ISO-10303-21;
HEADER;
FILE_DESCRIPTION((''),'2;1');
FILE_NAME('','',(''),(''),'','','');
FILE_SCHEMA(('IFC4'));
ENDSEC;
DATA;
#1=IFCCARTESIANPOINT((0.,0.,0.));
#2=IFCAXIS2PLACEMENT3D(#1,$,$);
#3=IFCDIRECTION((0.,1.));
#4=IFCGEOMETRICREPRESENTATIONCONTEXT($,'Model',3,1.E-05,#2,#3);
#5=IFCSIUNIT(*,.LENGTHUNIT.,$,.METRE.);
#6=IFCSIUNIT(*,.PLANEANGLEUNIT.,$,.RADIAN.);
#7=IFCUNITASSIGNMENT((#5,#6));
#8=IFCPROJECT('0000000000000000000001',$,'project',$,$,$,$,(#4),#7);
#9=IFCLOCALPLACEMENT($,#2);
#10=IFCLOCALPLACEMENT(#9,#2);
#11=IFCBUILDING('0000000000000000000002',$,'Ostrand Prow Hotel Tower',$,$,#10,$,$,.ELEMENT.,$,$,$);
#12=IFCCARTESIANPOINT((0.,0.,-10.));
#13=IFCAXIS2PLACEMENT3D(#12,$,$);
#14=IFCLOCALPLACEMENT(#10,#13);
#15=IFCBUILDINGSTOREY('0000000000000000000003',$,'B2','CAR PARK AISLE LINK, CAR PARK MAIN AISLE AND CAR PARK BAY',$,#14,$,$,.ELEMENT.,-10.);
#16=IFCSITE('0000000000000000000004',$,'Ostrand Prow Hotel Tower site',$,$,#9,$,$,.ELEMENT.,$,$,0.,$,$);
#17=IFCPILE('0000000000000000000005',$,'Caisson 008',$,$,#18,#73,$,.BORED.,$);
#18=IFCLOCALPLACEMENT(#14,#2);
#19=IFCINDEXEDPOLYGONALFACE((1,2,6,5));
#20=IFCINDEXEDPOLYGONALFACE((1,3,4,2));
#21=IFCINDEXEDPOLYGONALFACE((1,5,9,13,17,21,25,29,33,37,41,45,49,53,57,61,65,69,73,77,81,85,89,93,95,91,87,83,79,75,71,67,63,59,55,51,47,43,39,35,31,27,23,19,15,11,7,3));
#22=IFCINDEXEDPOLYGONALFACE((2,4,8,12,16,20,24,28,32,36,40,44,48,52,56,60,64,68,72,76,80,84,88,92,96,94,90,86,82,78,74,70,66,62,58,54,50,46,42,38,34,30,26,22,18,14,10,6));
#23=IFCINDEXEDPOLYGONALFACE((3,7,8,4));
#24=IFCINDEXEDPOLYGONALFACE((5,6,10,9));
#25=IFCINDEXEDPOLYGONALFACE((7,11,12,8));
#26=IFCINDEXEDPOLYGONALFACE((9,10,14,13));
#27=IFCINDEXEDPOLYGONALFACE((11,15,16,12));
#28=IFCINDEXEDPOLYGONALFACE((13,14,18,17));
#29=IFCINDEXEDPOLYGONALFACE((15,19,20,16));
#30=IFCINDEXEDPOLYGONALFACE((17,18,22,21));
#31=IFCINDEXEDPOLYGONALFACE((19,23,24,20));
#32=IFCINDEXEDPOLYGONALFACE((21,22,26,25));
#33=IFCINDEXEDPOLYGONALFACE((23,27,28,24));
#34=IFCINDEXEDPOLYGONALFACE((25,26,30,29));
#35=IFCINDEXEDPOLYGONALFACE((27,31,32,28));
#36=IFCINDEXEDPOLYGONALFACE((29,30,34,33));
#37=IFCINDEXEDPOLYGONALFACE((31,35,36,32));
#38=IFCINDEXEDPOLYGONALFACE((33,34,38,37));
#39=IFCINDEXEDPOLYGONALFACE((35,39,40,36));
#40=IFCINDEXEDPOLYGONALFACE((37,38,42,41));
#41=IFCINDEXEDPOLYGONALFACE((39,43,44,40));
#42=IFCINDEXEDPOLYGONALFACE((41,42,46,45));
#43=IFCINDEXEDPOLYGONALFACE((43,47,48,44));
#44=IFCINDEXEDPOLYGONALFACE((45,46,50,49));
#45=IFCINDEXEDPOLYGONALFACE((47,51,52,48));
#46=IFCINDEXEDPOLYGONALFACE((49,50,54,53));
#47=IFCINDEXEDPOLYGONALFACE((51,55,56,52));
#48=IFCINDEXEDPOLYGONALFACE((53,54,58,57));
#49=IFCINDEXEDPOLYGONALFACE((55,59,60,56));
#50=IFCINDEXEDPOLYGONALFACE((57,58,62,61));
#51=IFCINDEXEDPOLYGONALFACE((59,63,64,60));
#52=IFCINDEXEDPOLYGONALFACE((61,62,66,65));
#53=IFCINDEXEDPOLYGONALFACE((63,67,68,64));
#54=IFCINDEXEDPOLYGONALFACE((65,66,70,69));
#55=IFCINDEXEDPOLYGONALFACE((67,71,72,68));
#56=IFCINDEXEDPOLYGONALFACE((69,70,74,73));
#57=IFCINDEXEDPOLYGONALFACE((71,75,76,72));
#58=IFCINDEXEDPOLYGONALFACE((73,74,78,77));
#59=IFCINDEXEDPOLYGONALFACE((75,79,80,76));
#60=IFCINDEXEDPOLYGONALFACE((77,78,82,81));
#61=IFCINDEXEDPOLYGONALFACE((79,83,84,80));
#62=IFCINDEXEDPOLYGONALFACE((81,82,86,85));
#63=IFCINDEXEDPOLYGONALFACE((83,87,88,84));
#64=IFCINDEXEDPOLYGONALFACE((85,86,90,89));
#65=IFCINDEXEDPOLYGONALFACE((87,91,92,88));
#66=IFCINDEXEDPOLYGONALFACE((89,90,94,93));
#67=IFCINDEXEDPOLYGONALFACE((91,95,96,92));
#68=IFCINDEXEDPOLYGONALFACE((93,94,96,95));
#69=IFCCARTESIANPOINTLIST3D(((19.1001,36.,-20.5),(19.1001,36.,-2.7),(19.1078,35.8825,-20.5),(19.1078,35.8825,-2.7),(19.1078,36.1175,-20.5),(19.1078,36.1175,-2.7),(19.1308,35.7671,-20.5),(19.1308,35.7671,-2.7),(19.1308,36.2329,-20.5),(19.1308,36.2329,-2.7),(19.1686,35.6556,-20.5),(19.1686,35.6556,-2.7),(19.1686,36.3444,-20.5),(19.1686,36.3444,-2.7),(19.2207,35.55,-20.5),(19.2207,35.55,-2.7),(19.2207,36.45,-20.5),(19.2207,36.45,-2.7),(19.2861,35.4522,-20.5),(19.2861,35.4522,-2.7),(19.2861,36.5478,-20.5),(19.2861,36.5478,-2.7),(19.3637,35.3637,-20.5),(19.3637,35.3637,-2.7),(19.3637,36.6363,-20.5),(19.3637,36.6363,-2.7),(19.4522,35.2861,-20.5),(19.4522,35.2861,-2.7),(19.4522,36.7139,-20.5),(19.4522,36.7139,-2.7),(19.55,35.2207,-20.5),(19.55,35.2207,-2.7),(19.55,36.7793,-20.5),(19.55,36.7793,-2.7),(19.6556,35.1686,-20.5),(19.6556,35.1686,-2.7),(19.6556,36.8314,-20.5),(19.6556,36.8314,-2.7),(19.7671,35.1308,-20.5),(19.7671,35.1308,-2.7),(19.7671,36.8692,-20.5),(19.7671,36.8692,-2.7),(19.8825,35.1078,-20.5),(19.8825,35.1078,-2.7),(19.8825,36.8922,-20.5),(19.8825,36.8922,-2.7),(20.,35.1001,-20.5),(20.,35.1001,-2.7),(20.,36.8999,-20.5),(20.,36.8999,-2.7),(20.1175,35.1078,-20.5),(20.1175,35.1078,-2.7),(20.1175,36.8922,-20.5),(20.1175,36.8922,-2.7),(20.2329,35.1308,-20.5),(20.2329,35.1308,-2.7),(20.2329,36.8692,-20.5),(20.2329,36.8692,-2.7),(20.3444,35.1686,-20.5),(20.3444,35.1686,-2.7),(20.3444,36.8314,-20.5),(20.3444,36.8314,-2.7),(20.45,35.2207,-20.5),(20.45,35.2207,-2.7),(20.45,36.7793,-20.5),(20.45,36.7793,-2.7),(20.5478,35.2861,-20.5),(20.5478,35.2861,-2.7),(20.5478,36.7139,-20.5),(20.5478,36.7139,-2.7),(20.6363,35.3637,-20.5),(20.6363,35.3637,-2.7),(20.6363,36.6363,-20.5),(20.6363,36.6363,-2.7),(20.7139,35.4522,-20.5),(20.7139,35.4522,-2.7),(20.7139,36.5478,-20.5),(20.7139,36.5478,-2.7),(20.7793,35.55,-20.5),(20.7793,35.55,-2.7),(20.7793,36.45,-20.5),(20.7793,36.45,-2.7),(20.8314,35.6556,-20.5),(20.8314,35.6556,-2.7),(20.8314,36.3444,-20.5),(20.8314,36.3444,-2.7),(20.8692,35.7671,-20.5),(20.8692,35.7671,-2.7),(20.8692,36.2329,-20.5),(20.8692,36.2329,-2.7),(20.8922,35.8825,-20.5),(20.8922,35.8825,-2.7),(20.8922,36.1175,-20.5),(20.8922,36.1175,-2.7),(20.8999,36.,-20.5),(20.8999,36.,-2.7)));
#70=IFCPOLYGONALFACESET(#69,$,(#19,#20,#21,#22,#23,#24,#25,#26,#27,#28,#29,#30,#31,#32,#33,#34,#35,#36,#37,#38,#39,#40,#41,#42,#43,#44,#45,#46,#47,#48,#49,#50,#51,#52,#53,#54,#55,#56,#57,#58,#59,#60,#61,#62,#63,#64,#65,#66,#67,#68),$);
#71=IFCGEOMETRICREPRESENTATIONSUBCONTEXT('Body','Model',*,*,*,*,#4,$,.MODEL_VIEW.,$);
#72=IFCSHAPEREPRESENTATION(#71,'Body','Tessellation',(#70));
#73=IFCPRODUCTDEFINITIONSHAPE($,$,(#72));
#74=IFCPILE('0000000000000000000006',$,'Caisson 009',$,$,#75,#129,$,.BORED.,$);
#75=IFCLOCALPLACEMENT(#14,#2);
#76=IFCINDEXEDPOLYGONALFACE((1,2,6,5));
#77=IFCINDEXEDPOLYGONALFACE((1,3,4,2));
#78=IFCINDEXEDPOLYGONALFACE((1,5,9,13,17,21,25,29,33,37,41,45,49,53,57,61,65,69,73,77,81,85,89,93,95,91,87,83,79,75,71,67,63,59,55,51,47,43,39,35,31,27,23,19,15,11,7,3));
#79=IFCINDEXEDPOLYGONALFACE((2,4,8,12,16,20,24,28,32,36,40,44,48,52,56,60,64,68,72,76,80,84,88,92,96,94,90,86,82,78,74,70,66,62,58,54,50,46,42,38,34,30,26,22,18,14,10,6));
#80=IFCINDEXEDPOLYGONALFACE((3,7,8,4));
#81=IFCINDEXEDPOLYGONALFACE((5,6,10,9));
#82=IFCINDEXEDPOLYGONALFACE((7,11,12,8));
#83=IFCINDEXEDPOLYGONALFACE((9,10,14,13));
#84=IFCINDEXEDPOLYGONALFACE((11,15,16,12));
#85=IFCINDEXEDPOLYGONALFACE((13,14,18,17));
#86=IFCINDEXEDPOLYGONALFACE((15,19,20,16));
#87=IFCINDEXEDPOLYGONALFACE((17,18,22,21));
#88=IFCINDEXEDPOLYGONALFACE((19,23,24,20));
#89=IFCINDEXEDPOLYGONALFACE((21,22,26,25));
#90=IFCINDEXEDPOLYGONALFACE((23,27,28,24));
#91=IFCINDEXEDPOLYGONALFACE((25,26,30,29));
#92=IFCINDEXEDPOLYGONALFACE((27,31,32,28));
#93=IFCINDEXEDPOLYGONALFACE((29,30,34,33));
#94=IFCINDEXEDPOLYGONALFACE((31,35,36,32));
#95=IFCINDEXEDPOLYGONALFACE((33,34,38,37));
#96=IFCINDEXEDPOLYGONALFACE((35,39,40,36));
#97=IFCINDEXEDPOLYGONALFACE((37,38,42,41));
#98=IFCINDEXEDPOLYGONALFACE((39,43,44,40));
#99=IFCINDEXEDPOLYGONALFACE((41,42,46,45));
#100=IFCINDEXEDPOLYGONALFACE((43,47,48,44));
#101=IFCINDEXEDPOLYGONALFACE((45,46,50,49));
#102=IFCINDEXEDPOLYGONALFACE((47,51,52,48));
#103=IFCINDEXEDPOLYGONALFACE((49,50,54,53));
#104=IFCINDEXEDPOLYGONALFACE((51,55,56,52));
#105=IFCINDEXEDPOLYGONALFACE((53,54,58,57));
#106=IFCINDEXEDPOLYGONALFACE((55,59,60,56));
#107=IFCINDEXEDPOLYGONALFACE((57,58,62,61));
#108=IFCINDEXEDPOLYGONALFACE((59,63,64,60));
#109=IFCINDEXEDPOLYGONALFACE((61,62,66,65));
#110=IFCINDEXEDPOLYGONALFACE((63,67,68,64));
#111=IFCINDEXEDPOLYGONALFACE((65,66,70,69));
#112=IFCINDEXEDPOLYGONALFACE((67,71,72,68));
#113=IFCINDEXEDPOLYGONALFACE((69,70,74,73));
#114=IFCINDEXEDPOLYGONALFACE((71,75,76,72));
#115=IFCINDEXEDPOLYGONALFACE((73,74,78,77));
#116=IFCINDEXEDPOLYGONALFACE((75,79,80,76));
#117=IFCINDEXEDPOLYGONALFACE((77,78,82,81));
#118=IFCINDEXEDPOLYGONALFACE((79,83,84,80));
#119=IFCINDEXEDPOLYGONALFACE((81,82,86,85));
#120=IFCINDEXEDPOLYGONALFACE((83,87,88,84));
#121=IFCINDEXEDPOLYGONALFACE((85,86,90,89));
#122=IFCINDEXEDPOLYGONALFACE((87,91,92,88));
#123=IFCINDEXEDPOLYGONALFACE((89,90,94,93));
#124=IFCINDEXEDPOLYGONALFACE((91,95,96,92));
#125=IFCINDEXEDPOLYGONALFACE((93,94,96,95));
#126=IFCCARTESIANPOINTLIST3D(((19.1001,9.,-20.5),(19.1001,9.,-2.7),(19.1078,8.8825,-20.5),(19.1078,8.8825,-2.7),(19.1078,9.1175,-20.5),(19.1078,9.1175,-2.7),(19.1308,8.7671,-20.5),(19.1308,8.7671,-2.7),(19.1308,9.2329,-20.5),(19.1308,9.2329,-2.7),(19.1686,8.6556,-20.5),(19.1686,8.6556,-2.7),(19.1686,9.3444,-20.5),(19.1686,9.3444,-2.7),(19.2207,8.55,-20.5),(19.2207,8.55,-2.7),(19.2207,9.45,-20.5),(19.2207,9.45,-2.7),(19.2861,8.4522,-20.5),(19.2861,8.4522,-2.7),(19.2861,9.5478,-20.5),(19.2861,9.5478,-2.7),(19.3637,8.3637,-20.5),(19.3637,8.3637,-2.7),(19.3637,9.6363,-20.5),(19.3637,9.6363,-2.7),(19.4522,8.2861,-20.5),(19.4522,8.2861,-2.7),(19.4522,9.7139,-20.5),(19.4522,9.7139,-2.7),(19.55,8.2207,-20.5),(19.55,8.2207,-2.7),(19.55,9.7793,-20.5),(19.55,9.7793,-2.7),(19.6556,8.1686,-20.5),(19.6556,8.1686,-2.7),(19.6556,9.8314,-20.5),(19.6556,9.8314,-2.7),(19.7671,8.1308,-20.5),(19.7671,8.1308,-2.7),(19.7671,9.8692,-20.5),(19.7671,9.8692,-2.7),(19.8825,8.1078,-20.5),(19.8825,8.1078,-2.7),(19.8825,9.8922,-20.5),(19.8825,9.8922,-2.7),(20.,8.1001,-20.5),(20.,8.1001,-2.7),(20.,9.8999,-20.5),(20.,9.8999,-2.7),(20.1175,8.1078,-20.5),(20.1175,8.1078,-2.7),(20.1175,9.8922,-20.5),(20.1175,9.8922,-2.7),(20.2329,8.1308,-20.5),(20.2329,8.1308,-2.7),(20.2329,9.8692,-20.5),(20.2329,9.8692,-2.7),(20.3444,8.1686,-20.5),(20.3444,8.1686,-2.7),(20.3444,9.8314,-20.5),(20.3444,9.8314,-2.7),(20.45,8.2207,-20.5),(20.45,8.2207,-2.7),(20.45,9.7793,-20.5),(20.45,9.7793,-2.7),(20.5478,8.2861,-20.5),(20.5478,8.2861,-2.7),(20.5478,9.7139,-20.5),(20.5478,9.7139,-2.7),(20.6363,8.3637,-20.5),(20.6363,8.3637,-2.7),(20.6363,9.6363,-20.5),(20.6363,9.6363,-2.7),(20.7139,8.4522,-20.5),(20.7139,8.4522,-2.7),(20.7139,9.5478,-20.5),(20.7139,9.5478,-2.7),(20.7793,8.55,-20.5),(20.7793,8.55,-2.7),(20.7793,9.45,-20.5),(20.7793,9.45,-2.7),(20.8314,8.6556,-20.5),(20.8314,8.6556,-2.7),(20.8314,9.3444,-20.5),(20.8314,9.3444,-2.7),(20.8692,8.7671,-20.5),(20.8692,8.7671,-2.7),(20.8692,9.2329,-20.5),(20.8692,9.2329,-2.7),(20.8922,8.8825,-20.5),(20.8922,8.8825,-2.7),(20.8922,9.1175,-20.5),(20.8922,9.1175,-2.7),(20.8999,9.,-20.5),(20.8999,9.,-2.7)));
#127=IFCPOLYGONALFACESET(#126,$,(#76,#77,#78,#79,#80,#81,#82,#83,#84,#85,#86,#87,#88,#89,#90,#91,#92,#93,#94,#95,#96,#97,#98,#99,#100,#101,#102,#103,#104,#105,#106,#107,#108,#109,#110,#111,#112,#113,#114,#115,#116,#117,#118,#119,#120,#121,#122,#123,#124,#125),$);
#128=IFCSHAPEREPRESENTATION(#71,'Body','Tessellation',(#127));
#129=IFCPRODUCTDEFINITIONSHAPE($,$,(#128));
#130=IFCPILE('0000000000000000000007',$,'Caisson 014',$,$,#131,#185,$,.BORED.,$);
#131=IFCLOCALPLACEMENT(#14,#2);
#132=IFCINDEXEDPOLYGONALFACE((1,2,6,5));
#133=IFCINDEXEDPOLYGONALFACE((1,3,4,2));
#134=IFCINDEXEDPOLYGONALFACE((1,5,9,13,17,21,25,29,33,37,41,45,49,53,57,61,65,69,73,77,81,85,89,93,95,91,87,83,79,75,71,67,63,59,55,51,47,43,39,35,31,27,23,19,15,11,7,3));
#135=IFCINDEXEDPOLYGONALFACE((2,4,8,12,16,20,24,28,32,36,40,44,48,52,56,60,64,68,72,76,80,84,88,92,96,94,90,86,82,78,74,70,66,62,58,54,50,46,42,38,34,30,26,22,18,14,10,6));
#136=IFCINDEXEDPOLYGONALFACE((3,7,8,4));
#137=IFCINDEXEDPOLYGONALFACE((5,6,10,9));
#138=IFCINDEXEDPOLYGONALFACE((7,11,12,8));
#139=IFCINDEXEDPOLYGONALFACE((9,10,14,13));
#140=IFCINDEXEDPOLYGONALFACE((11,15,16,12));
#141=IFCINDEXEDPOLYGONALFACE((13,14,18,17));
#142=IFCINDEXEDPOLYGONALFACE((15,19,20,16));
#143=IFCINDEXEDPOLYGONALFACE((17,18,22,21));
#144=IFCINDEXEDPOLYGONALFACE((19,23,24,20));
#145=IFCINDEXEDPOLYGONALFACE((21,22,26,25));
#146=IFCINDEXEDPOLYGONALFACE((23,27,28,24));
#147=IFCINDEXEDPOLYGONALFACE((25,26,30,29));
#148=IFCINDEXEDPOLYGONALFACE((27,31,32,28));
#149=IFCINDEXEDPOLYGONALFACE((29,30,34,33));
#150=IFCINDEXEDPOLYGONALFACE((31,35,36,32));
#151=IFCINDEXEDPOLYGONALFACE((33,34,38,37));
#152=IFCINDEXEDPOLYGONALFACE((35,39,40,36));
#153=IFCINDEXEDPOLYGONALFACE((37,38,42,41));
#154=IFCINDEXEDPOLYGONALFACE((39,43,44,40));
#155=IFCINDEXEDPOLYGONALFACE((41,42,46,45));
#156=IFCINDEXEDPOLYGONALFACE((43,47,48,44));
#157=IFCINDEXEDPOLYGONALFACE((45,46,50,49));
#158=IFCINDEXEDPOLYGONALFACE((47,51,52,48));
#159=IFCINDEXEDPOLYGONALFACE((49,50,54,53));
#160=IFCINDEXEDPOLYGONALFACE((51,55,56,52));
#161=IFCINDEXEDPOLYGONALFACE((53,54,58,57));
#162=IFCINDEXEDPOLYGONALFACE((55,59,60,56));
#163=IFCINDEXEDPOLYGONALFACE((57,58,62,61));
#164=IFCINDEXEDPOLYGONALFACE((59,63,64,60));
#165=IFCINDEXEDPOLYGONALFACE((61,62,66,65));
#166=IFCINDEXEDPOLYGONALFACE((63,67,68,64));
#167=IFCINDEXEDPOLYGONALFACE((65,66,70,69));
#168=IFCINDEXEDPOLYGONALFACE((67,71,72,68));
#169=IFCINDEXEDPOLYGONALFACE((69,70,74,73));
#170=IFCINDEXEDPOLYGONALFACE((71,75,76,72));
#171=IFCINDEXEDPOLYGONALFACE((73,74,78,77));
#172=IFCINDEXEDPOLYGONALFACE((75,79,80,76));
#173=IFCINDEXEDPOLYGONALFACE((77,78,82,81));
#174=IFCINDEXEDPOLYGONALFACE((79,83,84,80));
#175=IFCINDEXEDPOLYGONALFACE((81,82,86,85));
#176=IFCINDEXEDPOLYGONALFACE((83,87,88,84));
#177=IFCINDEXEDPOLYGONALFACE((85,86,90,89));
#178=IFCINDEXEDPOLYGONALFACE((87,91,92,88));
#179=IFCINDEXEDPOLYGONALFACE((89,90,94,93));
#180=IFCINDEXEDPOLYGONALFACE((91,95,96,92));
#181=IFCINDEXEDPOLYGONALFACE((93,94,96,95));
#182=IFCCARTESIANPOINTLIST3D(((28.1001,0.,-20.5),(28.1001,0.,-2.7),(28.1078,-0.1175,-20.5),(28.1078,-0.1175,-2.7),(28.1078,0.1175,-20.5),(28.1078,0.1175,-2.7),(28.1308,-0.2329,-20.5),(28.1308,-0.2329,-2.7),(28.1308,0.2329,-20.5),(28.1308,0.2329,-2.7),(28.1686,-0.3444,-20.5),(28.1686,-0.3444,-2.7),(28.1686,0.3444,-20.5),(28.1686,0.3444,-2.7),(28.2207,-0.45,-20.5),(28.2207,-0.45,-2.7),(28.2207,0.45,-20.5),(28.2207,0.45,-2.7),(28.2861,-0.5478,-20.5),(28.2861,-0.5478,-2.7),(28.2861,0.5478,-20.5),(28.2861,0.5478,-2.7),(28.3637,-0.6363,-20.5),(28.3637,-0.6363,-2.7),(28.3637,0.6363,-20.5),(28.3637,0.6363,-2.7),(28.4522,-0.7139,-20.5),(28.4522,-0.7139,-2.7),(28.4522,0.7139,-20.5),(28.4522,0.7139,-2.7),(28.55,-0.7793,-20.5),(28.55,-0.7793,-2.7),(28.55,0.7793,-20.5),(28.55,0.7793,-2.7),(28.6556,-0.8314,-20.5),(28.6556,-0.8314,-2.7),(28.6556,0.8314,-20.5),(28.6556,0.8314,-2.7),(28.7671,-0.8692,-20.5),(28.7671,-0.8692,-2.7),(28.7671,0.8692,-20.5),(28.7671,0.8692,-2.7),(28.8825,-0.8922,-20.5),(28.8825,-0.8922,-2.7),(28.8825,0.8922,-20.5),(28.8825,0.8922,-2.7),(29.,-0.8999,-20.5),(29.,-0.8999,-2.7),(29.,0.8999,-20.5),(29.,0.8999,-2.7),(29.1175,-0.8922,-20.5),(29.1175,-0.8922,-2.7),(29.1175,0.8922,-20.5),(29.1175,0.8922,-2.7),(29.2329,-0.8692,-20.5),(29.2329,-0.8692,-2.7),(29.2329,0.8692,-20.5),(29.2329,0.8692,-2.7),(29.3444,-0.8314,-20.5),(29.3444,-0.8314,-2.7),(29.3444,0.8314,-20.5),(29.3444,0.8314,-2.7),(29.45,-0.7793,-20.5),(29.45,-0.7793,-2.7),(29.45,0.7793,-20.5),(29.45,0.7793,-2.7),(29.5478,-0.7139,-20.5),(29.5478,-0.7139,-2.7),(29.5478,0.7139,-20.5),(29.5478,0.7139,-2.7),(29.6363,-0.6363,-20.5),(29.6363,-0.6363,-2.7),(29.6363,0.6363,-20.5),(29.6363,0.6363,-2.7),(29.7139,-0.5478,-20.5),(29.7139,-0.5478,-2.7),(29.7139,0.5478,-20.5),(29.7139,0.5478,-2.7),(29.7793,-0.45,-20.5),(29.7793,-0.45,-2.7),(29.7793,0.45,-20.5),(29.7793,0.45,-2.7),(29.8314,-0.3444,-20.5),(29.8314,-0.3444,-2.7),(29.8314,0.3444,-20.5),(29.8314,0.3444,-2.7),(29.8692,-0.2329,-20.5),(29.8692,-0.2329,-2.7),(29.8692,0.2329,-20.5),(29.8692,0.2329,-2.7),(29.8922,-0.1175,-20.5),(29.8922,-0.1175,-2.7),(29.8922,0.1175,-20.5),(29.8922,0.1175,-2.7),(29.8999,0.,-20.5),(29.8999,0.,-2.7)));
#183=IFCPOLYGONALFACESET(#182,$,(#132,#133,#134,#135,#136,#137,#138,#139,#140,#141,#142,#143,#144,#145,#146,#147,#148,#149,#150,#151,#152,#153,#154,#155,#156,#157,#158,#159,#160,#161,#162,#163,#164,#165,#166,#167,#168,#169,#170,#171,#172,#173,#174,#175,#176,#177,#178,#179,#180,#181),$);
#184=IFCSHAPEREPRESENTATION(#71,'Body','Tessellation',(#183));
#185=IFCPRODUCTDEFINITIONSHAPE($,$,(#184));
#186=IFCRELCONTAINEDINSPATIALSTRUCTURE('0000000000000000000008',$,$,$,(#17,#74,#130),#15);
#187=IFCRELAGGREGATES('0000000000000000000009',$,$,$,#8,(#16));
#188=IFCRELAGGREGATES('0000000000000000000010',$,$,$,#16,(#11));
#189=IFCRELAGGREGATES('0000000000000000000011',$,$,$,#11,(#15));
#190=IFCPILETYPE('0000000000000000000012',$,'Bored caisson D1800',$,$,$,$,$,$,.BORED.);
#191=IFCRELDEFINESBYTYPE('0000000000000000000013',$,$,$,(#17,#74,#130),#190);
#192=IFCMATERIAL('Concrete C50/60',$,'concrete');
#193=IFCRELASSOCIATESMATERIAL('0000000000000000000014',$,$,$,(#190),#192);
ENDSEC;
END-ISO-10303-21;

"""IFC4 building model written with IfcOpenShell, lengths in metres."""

from ifc_helpers import new_model, si_unit, direction, frame, origin, origin_2d, place, context, subcontext, project, spatial, circle, extrude, material, type_object, element, save


model = new_model("IFC4")

# Units and contexts
model_context = context("Model", 3, precision=1e-05, world=origin(), true_north=direction((0.0, 1.0)))
body_context = subcontext(model_context, "Body", "Model", "MODEL_VIEW")
ifc_project = project(units=[si_unit("LENGTHUNIT", "METRE"), si_unit("PLANEANGLEUNIT", "RADIAN")], contexts=[model_context])

# Site, building, storey
site_placement = place(None, origin())
site = spatial("IfcSite", under=ifc_project, at=site_placement, Name="Ostrand Prow Hotel Tower site", CompositionType="ELEMENT", RefElevation=0.0)
building_placement = place(site_placement, origin())
building = spatial("IfcBuilding", under=site, at=building_placement, Name="Ostrand Prow Hotel Tower", CompositionType="ELEMENT")
storey_placement = place(building_placement, frame((0.0, 0.0, -10.0)))
storey = spatial("IfcBuildingStorey", under=building, at=storey_placement, Name="B2", Description="CAR PARK AISLE LINK, CAR PARK MAIN AISLE AND CAR PARK BAY", CompositionType="ELEMENT", Elevation=-10.0)

# Piles
ifc_material_1 = material(Name="Concrete C50/60", Category="concrete")
pile_type = type_object("IfcPileType", Name="Bored caisson D1800", PredefinedType="BORED", material=ifc_material_1)
for number, where, z_axis, x_axis, name in (
    (1, (20.0, 36.0, -2.7), (0.0, 0.0, -1.0), (1.0, 0.0, 0.0), "Caisson 008"),
    (2, (20.0, 9.0, -2.7), (0.0, 0.0, -1.0), (1.0, 0.0, 0.0), "Caisson 009"),
    (3, (29.0, 0.0, -2.7), (0.0, 0.0, -1.0), (1.0, 0.0, 0.0), "Caisson 014"),
):
    element("IfcPile", number, at=place(storey_placement, frame(where, z_axis=z_axis, x_axis=x_axis)), inside=storey, type_object=pile_type, Name=name, PredefinedType="BORED", context=body_context, shape_type="SweptSolid", body=[
        extrude(circle(Radius=0.8999, at=origin_2d()), origin(), (0.0, 0.0, 1.0), 17.8),
    ])

save(model, "model.ifc")
